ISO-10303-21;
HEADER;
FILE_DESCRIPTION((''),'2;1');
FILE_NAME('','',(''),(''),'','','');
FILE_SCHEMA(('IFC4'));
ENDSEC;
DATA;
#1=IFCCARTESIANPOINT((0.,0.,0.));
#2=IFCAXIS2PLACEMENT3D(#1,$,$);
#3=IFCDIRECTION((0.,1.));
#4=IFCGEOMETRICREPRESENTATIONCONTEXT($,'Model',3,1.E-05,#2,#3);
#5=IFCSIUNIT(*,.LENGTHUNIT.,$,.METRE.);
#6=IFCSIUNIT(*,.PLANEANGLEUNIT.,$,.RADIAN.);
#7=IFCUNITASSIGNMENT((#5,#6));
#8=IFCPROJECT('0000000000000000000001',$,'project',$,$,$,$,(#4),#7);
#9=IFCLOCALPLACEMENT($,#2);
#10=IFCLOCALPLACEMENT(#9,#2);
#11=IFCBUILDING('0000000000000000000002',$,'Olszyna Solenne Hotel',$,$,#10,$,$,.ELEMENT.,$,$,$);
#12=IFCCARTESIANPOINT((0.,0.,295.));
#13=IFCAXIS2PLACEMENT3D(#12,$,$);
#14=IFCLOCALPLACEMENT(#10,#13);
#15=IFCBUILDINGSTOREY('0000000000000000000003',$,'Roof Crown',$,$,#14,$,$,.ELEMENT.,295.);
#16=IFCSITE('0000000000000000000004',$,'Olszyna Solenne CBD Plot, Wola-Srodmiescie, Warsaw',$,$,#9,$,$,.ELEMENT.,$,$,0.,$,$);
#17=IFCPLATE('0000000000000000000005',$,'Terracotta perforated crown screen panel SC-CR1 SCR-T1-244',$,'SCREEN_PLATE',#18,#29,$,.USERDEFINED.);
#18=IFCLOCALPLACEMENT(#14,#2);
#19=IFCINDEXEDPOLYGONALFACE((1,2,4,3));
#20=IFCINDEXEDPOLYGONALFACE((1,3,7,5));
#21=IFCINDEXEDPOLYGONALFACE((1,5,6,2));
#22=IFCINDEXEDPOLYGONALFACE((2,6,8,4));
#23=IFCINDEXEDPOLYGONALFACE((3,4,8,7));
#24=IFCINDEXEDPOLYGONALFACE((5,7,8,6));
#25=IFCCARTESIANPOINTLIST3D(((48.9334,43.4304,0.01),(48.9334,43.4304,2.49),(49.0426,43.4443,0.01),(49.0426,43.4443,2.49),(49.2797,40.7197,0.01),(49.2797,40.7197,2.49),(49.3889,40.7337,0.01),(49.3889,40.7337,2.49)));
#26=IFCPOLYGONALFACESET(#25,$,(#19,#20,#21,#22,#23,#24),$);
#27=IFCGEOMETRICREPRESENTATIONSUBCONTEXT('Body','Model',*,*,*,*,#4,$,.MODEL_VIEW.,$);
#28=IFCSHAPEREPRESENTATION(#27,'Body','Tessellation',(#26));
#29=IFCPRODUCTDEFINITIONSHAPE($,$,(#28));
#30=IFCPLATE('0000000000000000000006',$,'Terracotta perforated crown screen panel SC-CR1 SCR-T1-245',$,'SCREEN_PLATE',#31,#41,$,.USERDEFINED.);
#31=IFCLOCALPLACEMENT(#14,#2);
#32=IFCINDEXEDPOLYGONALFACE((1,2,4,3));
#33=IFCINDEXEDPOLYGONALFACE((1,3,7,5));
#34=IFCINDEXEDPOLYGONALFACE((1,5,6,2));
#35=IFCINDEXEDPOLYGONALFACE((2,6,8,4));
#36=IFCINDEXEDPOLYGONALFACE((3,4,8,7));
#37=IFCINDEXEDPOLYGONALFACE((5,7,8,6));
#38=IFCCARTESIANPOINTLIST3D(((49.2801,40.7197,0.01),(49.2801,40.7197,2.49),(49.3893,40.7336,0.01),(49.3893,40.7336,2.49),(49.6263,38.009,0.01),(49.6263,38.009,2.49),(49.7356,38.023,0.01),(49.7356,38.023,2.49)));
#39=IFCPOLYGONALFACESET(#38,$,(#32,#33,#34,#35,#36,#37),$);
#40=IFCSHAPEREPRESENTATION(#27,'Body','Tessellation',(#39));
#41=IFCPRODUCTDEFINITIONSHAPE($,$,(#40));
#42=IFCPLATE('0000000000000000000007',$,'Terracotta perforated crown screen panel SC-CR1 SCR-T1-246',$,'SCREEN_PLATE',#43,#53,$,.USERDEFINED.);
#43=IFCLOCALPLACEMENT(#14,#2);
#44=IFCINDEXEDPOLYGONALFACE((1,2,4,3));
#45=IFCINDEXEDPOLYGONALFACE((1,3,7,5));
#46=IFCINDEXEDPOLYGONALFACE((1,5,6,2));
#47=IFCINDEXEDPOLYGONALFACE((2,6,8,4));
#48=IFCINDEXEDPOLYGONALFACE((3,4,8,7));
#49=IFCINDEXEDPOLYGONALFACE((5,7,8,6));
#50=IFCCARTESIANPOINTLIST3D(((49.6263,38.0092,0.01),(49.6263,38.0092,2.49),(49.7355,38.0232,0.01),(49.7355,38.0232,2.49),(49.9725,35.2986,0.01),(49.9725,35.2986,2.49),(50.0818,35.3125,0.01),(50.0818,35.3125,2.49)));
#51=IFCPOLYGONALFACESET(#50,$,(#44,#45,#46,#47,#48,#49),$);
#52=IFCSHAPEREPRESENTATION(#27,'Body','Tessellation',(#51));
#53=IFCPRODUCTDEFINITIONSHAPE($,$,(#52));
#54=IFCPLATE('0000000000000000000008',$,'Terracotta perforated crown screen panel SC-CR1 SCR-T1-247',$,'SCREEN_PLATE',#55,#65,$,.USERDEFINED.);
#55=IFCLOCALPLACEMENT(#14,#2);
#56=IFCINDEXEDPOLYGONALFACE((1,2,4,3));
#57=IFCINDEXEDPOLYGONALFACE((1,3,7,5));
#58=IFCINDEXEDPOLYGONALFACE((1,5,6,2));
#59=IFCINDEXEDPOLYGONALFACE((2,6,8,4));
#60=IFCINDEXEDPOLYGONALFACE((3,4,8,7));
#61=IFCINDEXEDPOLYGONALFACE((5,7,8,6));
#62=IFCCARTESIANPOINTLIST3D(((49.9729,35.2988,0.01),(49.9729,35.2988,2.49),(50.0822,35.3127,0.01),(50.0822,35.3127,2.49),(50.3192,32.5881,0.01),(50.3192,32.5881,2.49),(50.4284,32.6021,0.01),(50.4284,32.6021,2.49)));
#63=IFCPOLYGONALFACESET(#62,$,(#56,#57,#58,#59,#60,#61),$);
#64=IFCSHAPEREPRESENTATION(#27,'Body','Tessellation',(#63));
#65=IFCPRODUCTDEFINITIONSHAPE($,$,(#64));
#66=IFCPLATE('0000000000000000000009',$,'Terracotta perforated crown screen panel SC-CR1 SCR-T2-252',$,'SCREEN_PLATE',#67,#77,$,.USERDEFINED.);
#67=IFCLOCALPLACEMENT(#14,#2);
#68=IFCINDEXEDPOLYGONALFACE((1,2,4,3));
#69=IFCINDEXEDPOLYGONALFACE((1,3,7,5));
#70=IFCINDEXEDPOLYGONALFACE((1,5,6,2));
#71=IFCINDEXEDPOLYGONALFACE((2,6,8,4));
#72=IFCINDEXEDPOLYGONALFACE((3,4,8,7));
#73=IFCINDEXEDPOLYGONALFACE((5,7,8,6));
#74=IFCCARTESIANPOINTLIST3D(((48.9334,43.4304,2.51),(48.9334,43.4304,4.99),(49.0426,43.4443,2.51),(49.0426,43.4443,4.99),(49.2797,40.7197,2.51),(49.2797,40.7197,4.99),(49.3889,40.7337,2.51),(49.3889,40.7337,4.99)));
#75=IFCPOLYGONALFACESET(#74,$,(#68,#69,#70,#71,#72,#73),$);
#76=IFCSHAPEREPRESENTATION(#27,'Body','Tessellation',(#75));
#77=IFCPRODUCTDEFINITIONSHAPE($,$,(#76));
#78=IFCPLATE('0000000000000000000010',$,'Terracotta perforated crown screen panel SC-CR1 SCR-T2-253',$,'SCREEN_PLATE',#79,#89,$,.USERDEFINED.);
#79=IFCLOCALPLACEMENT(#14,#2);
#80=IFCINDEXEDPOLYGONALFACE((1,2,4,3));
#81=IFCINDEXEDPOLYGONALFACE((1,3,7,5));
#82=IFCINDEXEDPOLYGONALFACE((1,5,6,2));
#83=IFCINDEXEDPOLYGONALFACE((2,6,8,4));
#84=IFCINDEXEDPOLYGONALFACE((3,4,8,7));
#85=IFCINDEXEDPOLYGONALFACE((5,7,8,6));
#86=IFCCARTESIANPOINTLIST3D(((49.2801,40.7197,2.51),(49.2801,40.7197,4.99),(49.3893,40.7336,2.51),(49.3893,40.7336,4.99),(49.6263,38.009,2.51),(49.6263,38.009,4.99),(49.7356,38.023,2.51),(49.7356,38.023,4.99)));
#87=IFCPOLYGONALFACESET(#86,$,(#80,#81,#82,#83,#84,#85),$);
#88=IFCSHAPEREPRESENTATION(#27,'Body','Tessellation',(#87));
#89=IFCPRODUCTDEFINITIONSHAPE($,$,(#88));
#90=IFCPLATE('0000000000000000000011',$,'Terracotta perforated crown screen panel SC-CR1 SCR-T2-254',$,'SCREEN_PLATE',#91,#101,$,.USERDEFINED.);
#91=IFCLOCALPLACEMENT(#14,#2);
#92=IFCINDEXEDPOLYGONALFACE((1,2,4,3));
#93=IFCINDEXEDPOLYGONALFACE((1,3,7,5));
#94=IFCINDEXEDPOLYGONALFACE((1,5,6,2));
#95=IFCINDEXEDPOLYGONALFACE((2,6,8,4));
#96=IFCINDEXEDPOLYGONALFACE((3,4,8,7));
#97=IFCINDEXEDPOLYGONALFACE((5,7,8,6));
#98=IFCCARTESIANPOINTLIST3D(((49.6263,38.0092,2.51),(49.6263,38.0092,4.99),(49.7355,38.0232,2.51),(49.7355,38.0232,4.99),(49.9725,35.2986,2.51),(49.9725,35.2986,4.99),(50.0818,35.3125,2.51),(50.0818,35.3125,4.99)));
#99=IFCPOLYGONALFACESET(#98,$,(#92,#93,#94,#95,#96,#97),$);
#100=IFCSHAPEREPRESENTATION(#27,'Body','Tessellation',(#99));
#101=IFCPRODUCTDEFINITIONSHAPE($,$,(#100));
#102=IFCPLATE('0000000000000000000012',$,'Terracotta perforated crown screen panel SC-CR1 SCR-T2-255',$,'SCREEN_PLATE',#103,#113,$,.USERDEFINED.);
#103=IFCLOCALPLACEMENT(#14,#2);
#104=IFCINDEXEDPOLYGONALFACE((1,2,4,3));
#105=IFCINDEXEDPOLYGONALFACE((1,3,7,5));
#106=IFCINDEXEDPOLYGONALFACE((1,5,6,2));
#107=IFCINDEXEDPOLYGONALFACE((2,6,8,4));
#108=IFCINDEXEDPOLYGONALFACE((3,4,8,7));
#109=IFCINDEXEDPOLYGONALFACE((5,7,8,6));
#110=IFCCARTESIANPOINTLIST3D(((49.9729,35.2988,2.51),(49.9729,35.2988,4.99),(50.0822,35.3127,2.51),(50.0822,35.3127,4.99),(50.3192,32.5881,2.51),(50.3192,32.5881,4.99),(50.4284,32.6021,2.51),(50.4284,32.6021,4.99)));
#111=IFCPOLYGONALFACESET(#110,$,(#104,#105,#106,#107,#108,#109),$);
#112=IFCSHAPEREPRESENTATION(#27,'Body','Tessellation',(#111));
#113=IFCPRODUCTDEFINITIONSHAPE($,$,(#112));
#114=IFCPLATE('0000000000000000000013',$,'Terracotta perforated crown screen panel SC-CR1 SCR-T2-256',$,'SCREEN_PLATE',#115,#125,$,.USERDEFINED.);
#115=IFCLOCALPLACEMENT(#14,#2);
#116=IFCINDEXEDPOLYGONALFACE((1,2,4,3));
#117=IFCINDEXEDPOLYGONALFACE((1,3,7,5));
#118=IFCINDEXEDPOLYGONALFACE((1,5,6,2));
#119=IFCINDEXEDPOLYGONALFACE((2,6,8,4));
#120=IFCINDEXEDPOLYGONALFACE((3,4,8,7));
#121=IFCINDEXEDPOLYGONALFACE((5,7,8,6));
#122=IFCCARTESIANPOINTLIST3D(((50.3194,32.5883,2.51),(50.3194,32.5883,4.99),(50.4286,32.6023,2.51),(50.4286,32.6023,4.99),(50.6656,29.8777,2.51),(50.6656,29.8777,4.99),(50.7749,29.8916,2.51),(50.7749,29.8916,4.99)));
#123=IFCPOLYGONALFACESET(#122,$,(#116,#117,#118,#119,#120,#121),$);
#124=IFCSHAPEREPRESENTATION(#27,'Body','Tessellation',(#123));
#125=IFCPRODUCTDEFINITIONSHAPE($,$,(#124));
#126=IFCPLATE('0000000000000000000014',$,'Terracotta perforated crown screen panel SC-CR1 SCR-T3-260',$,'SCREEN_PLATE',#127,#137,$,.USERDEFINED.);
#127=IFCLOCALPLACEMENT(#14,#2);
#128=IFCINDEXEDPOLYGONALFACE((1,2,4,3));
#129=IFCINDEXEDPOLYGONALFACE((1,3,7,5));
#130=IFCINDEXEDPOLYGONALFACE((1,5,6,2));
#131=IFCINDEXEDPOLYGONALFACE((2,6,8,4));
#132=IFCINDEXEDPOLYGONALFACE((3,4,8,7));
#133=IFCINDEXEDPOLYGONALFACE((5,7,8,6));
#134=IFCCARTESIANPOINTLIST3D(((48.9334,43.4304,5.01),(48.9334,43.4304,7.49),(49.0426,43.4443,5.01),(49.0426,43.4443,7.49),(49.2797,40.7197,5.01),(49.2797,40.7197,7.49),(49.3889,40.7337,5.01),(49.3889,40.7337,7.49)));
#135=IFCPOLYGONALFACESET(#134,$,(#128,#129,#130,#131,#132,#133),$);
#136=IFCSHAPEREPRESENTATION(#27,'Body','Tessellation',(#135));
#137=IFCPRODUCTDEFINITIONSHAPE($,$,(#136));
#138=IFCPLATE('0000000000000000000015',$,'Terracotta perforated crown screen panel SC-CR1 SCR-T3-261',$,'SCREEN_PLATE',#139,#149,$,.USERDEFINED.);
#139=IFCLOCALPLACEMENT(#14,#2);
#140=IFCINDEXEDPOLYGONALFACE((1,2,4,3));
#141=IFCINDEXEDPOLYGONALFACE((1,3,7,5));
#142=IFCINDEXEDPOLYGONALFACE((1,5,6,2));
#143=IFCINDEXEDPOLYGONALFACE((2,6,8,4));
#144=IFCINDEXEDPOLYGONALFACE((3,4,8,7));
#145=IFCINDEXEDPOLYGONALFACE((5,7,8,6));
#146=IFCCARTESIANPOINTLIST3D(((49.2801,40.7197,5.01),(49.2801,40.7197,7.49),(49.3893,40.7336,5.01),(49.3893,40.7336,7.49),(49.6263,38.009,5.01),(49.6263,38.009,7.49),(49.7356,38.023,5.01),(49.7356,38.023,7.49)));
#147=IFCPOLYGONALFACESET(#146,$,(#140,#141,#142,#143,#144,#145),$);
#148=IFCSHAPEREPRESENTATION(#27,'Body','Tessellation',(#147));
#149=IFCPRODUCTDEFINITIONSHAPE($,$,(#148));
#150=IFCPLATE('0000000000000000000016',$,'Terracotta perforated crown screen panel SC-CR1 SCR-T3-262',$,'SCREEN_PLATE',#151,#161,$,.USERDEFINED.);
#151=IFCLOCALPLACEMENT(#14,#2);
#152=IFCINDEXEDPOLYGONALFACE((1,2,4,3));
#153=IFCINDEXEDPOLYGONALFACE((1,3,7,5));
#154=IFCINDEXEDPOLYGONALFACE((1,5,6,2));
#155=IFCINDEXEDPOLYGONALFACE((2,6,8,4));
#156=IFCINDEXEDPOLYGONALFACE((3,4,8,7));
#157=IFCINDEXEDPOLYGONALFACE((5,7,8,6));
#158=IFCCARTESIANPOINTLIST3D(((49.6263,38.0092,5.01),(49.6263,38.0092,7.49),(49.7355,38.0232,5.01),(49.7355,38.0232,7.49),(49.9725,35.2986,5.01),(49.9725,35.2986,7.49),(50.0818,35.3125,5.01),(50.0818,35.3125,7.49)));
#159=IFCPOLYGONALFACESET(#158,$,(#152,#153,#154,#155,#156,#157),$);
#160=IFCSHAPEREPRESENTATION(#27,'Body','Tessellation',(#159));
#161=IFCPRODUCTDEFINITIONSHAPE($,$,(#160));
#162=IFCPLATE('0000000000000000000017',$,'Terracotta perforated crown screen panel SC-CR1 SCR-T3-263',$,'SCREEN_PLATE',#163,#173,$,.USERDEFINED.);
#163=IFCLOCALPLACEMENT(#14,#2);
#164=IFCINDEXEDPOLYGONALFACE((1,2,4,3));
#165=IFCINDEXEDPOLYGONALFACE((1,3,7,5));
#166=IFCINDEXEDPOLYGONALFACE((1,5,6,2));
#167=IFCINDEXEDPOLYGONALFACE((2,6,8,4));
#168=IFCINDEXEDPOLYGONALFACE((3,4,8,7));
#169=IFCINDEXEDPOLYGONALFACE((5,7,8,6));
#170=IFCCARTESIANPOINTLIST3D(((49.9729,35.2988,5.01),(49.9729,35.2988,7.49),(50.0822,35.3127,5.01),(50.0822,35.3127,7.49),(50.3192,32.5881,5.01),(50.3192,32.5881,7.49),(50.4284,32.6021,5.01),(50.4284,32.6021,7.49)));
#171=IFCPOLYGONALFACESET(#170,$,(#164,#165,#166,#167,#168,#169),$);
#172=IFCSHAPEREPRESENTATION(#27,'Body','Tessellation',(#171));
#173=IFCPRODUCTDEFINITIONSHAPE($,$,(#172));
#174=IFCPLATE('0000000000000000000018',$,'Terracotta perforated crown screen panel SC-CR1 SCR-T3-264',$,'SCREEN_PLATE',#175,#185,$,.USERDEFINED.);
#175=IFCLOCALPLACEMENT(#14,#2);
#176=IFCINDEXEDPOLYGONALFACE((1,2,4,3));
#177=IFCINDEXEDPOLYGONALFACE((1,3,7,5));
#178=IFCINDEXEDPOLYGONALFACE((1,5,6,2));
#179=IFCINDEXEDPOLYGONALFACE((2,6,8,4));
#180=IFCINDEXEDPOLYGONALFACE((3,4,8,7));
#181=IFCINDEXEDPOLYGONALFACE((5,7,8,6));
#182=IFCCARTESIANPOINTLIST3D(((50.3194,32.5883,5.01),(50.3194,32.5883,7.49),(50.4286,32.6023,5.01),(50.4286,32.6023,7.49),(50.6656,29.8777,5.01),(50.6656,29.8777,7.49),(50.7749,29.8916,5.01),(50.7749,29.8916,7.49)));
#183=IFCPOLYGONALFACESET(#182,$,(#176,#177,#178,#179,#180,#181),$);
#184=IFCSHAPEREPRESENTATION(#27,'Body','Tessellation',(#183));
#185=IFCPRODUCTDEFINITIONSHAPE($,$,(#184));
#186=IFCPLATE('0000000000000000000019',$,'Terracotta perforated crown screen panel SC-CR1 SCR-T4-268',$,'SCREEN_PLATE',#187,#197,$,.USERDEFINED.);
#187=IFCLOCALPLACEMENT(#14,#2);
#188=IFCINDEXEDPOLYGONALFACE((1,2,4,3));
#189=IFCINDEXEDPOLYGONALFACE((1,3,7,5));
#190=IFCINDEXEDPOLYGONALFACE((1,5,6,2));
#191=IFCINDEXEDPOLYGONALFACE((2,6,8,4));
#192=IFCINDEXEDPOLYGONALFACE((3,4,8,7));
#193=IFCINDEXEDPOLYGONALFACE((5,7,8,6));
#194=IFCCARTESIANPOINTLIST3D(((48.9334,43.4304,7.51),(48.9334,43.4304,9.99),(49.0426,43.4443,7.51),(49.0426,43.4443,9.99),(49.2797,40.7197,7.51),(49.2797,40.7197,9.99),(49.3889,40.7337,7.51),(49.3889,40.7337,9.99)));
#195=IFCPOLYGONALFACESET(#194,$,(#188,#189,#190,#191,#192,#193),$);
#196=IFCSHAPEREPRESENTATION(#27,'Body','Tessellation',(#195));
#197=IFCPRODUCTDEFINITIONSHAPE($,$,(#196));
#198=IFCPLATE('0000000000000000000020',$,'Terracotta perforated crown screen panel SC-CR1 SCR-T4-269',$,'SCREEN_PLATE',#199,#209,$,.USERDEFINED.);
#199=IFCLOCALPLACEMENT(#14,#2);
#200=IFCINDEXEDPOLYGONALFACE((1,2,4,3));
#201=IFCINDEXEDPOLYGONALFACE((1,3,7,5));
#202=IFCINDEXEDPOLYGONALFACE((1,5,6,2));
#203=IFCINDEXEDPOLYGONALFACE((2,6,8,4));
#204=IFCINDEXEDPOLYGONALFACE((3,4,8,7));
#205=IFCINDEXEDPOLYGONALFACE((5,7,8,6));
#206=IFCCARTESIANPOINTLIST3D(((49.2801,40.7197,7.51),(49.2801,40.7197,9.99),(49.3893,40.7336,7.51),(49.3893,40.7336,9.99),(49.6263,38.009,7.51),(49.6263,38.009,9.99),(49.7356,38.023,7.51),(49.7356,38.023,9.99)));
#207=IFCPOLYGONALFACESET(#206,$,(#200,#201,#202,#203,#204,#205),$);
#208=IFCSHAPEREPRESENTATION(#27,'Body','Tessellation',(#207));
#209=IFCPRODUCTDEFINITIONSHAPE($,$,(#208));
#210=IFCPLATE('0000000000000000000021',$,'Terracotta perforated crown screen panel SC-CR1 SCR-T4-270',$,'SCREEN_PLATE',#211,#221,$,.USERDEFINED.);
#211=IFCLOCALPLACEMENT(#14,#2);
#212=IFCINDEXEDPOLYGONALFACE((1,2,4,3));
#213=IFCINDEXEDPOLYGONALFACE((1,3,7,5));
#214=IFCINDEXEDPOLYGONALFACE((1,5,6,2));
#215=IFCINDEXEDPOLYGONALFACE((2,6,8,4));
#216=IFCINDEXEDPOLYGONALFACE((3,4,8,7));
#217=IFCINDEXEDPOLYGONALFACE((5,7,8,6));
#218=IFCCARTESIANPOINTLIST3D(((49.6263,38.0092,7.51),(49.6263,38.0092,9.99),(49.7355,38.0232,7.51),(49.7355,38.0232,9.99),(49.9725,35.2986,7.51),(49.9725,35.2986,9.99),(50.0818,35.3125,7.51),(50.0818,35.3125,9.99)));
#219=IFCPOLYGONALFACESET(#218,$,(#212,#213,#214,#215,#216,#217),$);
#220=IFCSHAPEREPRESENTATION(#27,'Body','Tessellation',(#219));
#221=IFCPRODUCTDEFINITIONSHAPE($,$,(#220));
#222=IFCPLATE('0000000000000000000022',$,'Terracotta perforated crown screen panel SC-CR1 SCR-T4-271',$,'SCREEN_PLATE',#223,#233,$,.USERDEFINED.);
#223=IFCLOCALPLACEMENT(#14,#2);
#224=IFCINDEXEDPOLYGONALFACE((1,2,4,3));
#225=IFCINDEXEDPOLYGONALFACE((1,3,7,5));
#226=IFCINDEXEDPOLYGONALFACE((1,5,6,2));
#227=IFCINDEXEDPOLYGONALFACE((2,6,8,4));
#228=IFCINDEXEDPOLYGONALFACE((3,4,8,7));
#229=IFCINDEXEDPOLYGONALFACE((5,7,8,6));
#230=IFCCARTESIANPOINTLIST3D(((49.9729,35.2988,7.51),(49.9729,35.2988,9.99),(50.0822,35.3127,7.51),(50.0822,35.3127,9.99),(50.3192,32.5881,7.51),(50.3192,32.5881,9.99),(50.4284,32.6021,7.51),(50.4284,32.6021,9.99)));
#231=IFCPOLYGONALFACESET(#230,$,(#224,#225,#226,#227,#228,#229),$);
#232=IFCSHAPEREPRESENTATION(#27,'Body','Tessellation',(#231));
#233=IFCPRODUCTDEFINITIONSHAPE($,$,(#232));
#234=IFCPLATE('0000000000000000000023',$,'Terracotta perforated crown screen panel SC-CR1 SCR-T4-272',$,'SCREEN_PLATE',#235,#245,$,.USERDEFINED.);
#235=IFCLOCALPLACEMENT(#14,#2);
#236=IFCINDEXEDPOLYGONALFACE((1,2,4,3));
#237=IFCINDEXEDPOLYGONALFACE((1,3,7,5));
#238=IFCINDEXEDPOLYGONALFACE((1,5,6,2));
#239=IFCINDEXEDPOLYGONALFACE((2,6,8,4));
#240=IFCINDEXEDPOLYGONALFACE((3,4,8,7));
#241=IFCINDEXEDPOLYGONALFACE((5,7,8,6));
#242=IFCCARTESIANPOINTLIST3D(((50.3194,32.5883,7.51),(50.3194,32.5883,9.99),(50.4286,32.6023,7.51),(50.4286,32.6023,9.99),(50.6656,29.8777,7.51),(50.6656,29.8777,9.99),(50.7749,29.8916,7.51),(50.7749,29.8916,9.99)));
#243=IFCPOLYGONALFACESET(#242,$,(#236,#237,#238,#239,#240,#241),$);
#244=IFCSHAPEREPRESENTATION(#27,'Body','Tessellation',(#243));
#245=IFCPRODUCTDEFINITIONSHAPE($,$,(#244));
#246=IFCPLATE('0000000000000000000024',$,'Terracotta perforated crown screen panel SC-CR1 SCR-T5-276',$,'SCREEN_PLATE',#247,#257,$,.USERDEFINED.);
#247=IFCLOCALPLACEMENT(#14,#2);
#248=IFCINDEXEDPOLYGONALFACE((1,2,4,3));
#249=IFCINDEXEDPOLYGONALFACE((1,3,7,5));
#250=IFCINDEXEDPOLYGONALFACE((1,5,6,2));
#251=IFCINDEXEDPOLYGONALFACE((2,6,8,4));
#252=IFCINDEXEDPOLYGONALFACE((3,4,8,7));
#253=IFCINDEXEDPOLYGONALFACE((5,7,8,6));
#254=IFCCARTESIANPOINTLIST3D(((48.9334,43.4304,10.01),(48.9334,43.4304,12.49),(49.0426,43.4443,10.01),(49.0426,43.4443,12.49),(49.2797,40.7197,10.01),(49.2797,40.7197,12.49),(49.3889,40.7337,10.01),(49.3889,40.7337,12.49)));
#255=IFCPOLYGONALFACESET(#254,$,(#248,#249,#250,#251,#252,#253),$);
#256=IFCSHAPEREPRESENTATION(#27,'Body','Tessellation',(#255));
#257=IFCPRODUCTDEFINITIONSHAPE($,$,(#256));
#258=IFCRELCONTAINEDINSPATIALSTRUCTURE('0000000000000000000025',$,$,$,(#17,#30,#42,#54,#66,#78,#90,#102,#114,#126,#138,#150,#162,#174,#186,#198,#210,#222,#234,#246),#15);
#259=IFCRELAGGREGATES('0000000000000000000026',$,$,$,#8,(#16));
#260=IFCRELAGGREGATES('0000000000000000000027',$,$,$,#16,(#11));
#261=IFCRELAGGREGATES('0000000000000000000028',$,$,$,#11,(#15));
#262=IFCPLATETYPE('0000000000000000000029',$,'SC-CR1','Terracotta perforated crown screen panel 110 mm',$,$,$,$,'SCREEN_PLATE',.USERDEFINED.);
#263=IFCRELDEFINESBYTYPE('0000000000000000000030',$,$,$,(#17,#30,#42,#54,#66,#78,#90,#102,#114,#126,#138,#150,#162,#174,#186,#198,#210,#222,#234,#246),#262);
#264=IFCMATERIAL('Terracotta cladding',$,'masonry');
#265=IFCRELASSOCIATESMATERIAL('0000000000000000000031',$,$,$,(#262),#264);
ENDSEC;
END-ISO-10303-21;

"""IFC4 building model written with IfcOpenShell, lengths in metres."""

from ifc_helpers import new_model, si_unit, direction, frame, origin, origin_2d, place, context, subcontext, project, spatial, rectangle, extrude, source, transform, mapped, material, type_object, element, save


model = new_model("IFC4")

# Units and contexts
model_context = context("Model", 3, precision=1e-05, world=origin(), true_north=direction((0.0, 1.0)))
body_context = subcontext(model_context, "Body", "Model", "MODEL_VIEW")
ifc_project = project(units=[si_unit("LENGTHUNIT", "METRE"), si_unit("PLANEANGLEUNIT", "RADIAN")], contexts=[model_context])

# Site, building, storey
site_placement = place(None, origin())
site = spatial("IfcSite", under=ifc_project, at=site_placement, Name="Olszyna Solenne CBD Plot, Wola-Srodmiescie, Warsaw", CompositionType="ELEMENT", RefElevation=0.0)
building_placement = place(site_placement, origin())
building = spatial("IfcBuilding", under=site, at=building_placement, Name="Olszyna Solenne Hotel", CompositionType="ELEMENT")
storey_placement = place(building_placement, frame((0.0, 0.0, 295.0)))
storey = spatial("IfcBuildingStorey", under=building, at=storey_placement, Name="Roof Crown", CompositionType="ELEMENT", Elevation=295.0)

# Plates
ifc_material = material(Name="Terracotta cladding", Category="masonry")
plate_type = type_object("IfcPlateType", Name="SC-CR1", Description="Terracotta perforated crown screen panel 110 mm", ElementType="SCREEN_PLATE", PredefinedType="USERDEFINED", material=ifc_material)
shared_shape_1 = source(origin(), body_context, "Body", "SweptSolid", [
    extrude(rectangle(XDim=2.7327, YDim=0.1101, at=origin_2d()), origin(), (0.0, 0.0, 1.0), 2.48),
])
for number, where, z_axis, x_axis, name in (
    (1, (49.1611, 42.082, 0.01), (0.0, 0.0, 1.0), (0.126718, -0.991939, 0.0), "Terracotta perforated crown screen panel SC-CR1 SCR-T1-244"),
    (2, (49.5078, 39.3713, 0.01), (0.0, 0.0, 1.0), (0.126718, -0.991939, 0.0), "Terracotta perforated crown screen panel SC-CR1 SCR-T1-245"),
    (3, (49.854, 36.6609, 0.01), (0.0, 0.0, 1.0), (0.126718, -0.991939, 0.0), "Terracotta perforated crown screen panel SC-CR1 SCR-T1-246"),
    (4, (50.2007, 33.9504, 0.01), (0.0, 0.0, 1.0), (0.126718, -0.991939, 0.0), "Terracotta perforated crown screen panel SC-CR1 SCR-T1-247"),
    (5, (49.1611, 42.082, 2.51), (0.0, 0.0, 1.0), (0.126718, -0.991939, 0.0), "Terracotta perforated crown screen panel SC-CR1 SCR-T2-252"),
    (6, (49.5078, 39.3713, 2.51), (0.0, 0.0, 1.0), (0.126718, -0.991939, 0.0), "Terracotta perforated crown screen panel SC-CR1 SCR-T2-253"),
    (7, (49.854, 36.6609, 2.51), (0.0, 0.0, 1.0), (0.126718, -0.991939, 0.0), "Terracotta perforated crown screen panel SC-CR1 SCR-T2-254"),
    (8, (50.2007, 33.9504, 2.51), (0.0, 0.0, 1.0), (0.126718, -0.991939, 0.0), "Terracotta perforated crown screen panel SC-CR1 SCR-T2-255"),
    (9, (50.5471, 31.24, 2.51), (0.0, 0.0, 1.0), (0.126718, -0.991939, 0.0), "Terracotta perforated crown screen panel SC-CR1 SCR-T2-256"),
    (10, (49.1611, 42.082, 5.01), (0.0, 0.0, 1.0), (0.126718, -0.991939, 0.0), "Terracotta perforated crown screen panel SC-CR1 SCR-T3-260"),
    (11, (49.5078, 39.3713, 5.01), (0.0, 0.0, 1.0), (0.126718, -0.991939, 0.0), "Terracotta perforated crown screen panel SC-CR1 SCR-T3-261"),
    (12, (49.854, 36.6609, 5.01), (0.0, 0.0, 1.0), (0.126718, -0.991939, 0.0), "Terracotta perforated crown screen panel SC-CR1 SCR-T3-262"),
    (13, (50.2007, 33.9504, 5.01), (0.0, 0.0, 1.0), (0.126718, -0.991939, 0.0), "Terracotta perforated crown screen panel SC-CR1 SCR-T3-263"),
    (14, (50.5471, 31.24, 5.01), (0.0, 0.0, 1.0), (0.126718, -0.991939, 0.0), "Terracotta perforated crown screen panel SC-CR1 SCR-T3-264"),
    (15, (49.1611, 42.082, 7.51), (0.0, 0.0, 1.0), (0.126718, -0.991939, 0.0), "Terracotta perforated crown screen panel SC-CR1 SCR-T4-268"),
    (16, (49.5078, 39.3713, 7.51), (0.0, 0.0, 1.0), (0.126718, -0.991939, 0.0), "Terracotta perforated crown screen panel SC-CR1 SCR-T4-269"),
    (17, (49.854, 36.6609, 7.51), (0.0, 0.0, 1.0), (0.126718, -0.991939, 0.0), "Terracotta perforated crown screen panel SC-CR1 SCR-T4-270"),
    (18, (50.2007, 33.9504, 7.51), (0.0, 0.0, 1.0), (0.126718, -0.991939, 0.0), "Terracotta perforated crown screen panel SC-CR1 SCR-T4-271"),
    (19, (50.5471, 31.24, 7.51), (0.0, 0.0, 1.0), (0.126718, -0.991939, 0.0), "Terracotta perforated crown screen panel SC-CR1 SCR-T4-272"),
    (20, (49.1611, 42.082, 10.01), (0.0, 0.0, 1.0), (0.126718, -0.991939, 0.0), "Terracotta perforated crown screen panel SC-CR1 SCR-T5-276"),
):
    element("IfcPlate", number, at=place(storey_placement, frame(where, z_axis=z_axis, x_axis=x_axis)), inside=storey, type_object=plate_type, Name=name, ObjectType="SCREEN_PLATE", PredefinedType="USERDEFINED", context=body_context, shape_type="MappedRepresentation", body=[
        mapped(shared_shape_1, transform((0.0, 0.0, 0.0), x_axis=(1.0, 0.0, 0.0), y_axis=(0.0, 1.0, 0.0), z_axis=(0.0, 0.0, 1.0), scale=1.0)),
    ])

save(model, "model.ifc")
